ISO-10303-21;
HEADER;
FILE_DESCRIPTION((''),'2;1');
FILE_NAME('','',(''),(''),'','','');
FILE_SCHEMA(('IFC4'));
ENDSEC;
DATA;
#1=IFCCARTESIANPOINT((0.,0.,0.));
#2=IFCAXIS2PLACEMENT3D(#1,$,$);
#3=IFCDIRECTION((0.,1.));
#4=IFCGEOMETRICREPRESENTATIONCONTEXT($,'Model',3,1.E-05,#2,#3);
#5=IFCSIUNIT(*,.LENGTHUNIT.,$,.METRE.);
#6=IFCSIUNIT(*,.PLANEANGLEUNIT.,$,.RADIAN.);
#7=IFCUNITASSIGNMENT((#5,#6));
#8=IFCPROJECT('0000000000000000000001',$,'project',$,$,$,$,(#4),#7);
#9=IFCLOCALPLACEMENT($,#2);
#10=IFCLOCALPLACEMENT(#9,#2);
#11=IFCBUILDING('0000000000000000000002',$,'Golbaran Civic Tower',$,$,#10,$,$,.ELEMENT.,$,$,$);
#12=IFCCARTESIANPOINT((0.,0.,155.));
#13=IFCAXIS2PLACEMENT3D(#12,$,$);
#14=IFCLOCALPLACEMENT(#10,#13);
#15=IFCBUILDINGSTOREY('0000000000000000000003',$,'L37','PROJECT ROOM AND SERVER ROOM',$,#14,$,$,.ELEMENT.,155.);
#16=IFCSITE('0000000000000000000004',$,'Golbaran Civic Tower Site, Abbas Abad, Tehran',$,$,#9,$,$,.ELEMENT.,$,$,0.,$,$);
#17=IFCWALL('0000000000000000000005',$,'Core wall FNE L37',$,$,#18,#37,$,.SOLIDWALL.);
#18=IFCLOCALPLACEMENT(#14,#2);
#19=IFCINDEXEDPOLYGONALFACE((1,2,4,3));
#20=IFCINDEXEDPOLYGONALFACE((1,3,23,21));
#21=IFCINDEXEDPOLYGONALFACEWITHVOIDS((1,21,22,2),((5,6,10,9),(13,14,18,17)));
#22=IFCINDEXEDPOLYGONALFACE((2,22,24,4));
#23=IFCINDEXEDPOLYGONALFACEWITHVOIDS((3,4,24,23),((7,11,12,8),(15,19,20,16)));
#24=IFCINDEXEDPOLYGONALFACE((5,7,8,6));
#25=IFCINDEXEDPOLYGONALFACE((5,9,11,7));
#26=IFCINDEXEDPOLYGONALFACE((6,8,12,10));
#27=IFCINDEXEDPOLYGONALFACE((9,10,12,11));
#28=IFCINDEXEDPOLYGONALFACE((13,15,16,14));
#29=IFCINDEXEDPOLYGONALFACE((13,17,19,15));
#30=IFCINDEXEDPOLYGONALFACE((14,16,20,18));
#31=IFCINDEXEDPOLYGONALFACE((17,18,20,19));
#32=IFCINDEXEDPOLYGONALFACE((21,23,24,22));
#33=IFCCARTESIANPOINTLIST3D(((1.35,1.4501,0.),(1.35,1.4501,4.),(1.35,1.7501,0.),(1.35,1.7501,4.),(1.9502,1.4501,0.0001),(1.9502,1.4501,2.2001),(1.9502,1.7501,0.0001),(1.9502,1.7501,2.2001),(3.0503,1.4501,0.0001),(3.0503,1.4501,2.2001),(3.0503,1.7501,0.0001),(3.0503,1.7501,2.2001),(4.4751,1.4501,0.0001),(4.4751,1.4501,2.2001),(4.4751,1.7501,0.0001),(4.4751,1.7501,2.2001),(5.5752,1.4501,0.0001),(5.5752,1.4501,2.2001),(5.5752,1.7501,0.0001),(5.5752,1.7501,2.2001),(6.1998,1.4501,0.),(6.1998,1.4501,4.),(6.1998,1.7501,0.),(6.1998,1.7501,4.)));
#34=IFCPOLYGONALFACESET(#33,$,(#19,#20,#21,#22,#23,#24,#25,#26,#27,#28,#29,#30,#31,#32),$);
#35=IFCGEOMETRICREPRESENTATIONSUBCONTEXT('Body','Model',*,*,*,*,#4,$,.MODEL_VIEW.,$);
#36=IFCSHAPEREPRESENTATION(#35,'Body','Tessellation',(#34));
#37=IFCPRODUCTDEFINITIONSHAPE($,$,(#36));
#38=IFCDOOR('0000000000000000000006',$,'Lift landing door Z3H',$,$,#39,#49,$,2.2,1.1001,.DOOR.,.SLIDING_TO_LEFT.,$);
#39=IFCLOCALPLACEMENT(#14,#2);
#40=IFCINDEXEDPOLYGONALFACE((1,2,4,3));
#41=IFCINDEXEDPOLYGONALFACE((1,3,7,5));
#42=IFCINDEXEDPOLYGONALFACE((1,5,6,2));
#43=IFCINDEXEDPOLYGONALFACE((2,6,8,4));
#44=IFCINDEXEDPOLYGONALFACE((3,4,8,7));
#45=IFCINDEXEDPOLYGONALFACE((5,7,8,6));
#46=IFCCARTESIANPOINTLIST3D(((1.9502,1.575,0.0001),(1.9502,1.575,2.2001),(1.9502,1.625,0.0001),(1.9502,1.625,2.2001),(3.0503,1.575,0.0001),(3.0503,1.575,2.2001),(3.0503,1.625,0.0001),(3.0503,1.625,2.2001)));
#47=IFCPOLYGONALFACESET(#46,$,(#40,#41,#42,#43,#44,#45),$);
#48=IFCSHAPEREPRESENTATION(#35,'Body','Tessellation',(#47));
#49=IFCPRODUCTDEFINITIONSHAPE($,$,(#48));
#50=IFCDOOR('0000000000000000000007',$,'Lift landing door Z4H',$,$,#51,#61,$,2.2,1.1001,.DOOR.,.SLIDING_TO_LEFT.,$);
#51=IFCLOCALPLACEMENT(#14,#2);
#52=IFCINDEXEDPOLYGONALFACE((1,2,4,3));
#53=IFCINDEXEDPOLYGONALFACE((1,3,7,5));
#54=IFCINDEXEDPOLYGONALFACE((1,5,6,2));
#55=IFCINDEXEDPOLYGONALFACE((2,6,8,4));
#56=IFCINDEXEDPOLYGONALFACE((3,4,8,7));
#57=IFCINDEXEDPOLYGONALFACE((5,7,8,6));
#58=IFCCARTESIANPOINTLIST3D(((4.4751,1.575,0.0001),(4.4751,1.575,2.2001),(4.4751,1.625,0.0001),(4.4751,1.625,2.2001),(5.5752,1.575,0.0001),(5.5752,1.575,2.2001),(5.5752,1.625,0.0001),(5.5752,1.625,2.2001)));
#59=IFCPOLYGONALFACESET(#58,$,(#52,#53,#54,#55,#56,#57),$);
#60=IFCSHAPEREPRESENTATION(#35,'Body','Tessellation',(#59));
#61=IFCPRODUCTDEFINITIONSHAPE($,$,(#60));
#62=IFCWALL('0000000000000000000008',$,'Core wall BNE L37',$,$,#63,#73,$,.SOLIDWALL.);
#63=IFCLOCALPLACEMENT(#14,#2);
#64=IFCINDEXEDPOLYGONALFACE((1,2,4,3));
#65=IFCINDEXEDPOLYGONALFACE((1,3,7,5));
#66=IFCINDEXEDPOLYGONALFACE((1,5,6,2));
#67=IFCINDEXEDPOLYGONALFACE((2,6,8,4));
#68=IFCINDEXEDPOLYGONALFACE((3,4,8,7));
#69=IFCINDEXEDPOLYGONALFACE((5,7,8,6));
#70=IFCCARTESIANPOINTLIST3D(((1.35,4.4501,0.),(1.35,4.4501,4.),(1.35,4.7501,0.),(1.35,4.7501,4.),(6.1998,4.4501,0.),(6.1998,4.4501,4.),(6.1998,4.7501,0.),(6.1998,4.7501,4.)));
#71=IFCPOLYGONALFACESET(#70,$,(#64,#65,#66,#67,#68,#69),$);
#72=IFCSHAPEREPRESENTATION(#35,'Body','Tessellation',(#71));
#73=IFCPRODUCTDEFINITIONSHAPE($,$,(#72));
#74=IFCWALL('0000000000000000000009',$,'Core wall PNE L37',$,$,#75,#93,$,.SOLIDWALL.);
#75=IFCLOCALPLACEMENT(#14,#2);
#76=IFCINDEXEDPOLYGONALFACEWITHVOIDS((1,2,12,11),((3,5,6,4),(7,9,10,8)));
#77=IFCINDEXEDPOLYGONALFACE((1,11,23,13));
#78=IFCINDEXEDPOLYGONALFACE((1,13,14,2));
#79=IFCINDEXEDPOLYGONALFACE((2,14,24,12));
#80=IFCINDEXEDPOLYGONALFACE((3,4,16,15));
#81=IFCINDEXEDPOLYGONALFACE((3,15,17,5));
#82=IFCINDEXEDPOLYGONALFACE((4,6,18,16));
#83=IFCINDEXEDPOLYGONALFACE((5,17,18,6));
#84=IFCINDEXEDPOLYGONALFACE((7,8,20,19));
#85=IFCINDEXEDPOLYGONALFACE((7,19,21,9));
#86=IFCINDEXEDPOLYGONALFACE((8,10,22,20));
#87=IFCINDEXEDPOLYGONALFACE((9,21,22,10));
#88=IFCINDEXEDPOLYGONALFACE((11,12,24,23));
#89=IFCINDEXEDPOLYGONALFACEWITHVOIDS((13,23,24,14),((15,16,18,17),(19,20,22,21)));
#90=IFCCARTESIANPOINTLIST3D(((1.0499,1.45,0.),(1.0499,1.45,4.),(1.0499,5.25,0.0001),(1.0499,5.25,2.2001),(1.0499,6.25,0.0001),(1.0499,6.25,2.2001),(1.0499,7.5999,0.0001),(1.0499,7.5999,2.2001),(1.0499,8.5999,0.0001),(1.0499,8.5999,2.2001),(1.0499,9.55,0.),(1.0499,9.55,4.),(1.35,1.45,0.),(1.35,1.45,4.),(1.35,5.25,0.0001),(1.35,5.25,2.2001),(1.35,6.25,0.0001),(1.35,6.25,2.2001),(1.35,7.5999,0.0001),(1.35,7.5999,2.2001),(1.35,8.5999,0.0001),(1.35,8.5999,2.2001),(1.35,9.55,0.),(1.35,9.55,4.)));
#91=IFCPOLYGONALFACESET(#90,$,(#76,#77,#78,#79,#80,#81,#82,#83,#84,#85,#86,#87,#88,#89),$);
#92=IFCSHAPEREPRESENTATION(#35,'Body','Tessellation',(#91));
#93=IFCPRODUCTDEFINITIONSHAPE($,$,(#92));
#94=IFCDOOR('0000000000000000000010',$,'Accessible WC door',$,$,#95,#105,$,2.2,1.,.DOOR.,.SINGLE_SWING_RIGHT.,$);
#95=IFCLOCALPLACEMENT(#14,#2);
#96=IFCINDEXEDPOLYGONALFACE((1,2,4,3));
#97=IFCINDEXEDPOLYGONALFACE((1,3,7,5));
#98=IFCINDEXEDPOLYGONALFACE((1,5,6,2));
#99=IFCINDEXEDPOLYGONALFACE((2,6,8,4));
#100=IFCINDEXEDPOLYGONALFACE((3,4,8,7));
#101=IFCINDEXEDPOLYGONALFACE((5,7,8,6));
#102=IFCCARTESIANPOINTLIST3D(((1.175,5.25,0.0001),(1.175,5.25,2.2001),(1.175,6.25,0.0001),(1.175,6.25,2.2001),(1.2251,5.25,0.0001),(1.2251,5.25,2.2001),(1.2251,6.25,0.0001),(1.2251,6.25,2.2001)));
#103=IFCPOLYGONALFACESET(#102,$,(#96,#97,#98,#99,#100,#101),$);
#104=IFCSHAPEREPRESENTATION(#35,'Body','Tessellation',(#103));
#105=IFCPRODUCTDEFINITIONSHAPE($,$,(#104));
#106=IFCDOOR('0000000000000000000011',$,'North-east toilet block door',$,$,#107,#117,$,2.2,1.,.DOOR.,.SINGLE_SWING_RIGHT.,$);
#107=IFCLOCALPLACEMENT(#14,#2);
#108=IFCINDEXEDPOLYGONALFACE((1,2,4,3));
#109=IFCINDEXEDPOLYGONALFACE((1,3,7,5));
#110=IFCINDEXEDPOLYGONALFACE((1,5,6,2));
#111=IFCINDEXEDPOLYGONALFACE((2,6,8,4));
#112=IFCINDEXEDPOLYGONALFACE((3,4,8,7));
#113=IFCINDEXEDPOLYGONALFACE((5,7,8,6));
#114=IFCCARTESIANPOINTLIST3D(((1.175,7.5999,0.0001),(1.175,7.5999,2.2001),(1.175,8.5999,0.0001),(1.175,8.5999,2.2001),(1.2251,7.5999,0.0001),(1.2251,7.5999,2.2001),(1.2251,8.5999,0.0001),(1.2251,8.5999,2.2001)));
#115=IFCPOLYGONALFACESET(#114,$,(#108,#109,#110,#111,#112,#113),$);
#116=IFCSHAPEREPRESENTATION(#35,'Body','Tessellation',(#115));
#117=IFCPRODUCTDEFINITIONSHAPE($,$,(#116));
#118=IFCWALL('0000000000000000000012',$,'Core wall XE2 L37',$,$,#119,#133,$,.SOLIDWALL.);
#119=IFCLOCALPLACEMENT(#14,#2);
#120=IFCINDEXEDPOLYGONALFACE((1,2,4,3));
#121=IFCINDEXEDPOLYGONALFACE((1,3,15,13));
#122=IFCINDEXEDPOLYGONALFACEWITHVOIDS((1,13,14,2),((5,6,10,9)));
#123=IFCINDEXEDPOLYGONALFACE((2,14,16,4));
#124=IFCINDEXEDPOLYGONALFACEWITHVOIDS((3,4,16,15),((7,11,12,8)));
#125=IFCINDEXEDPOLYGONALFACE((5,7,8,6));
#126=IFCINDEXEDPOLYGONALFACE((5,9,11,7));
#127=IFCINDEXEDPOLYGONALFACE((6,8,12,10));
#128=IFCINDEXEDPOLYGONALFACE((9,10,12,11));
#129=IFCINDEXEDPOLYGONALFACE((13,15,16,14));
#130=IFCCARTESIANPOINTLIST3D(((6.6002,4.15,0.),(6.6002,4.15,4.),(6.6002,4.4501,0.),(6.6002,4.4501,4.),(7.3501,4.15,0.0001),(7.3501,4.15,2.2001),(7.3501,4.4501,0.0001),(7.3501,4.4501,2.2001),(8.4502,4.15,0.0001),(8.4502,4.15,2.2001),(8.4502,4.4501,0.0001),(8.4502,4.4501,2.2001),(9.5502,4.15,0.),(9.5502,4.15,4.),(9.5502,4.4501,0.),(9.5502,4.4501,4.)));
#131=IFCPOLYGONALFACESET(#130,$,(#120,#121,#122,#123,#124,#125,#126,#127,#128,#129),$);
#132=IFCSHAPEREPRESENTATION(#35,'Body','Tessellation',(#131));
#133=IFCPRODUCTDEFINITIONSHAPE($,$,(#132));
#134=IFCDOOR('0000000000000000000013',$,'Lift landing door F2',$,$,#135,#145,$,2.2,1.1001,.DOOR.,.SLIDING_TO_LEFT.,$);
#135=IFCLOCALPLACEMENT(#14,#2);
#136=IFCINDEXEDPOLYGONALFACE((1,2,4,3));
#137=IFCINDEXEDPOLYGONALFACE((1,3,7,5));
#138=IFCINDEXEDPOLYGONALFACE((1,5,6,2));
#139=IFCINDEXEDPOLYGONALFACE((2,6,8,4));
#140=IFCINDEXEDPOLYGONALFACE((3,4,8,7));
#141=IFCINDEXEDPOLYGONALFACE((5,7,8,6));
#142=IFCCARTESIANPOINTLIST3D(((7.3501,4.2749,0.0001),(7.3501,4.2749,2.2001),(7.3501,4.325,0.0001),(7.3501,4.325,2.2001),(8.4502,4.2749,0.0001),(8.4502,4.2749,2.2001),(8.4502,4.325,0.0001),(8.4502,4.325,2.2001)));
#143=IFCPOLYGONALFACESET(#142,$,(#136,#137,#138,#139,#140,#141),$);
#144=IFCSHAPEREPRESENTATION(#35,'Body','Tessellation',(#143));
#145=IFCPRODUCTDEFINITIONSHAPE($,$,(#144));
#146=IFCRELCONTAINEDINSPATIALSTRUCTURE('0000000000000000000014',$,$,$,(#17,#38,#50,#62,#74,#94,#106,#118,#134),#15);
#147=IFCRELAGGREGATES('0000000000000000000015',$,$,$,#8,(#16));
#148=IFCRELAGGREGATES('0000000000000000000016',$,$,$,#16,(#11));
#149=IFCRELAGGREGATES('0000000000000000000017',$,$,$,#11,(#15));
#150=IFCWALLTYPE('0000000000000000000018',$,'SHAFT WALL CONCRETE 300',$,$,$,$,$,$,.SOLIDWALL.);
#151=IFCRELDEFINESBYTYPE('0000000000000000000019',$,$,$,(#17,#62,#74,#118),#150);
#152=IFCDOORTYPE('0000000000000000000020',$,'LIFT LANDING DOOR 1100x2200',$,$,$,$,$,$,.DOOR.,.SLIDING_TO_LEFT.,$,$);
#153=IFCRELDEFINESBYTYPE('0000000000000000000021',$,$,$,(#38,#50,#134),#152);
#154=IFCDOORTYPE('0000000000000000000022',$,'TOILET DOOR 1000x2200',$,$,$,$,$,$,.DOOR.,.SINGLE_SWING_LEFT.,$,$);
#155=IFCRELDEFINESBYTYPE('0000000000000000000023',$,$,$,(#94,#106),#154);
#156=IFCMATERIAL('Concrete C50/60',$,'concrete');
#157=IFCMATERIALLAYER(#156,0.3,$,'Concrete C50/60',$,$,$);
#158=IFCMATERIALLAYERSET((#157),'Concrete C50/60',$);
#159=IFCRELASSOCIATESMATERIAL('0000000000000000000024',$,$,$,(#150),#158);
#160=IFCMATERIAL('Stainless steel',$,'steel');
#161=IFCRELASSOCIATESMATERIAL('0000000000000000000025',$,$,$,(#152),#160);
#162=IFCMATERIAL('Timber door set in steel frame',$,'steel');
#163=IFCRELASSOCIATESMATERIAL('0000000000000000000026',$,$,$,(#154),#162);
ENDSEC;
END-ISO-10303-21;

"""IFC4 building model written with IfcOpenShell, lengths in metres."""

from ifc_helpers import new_model, si_unit, direction, frame, frame_2d, origin, place, context, subcontext, project, spatial, rectangle, extrude, material, layer, layer_set, type_object, element, fill, save


model = new_model("IFC4")

# Units and contexts
model_context = context("Model", 3, precision=1e-05, world=origin(), true_north=direction((0.0, 1.0)))
body_context = subcontext(model_context, "Body", "Model", "MODEL_VIEW")
ifc_project = project(units=[si_unit("LENGTHUNIT", "METRE"), si_unit("PLANEANGLEUNIT", "RADIAN")], contexts=[model_context])

# Site, building, storey
site_placement = place(None, origin())
site = spatial("IfcSite", under=ifc_project, at=site_placement, Name="Golbaran Civic Tower Site, Abbas Abad, Tehran", CompositionType="ELEMENT", RefElevation=0.0)
building_placement = place(site_placement, origin())
building = spatial("IfcBuilding", under=site, at=building_placement, Name="Golbaran Civic Tower", CompositionType="ELEMENT")
storey_placement = place(building_placement, frame((0.0, 0.0, 155.0)))
storey = spatial("IfcBuildingStorey", under=building, at=storey_placement, Name="L37", Description="PROJECT ROOM AND SERVER ROOM", CompositionType="ELEMENT", Elevation=155.0)

# Shared definitions
ifc_material_1 = material(Name="Timber door set in steel frame", Category="steel")

# Shared definitions
ifc_material_2 = material(Name="Concrete C50/60", Category="concrete")

# Wall, openings, doors
ifc_layer_1 = layer(ifc_material_2, 0.3, Name="Concrete C50/60")
ifc_layer_set_1 = layer_set([ifc_layer_1], Name="Concrete C50/60")
wall_type_1 = type_object("IfcWallType", Name="SHAFT WALL CONCRETE 300", PredefinedType="SOLIDWALL", material=ifc_layer_set_1)
wall_1_placement = place(storey_placement, frame((1.3501, 1.6001, 0.0), z_axis=(0.0, 0.0, 1.0), x_axis=(1.0, 0.0, 0.0)))
wall_1 = element("IfcWall", 1, at=wall_1_placement, inside=storey, type_object=wall_type_1, Name="Core wall FNE L37", PredefinedType="SOLIDWALL", context=body_context, shape_type="SweptSolid", body=[
    extrude(rectangle(XDim=4.8499, YDim=0.3, at=frame_2d((2.4248, 0.0))), origin(), (0.0, 0.0, 1.0), 4.0),
])
opening_1_placement = place(wall_1_placement, frame((0.6001, 0.0, 0.0)))
opening_1 = element("IfcOpeningElement", 2, at=opening_1_placement, cuts=wall_1, PredefinedType="OPENING", context=body_context, shape_type="SweptSolid", body=[
    extrude(rectangle(XDim=1.1001, YDim=2.2, at=frame_2d((0.55, 1.1001))), frame((0.0, 0.1599, 0.0), z_axis=(0.0, -1.0, 0.0), x_axis=(1.0, 0.0, 0.0)), (0.0, 0.0, 1.0), 0.3201),
])
opening_2_placement = place(wall_1_placement, frame((3.125, 0.0, 0.0)))
opening_2 = element("IfcOpeningElement", 3, at=opening_2_placement, cuts=wall_1, PredefinedType="OPENING", context=body_context, shape_type="SweptSolid", body=[
    extrude(rectangle(XDim=1.1001, YDim=2.2, at=frame_2d((0.55, 1.1001))), frame((0.0, 0.1599, 0.0), z_axis=(0.0, -1.0, 0.0), x_axis=(1.0, 0.0, 0.0)), (0.0, 0.0, 1.0), 0.3201),
])
ifc_material_3 = material(Name="Stainless steel", Category="steel")
door_type_1 = type_object("IfcDoorType", Name="LIFT LANDING DOOR 1100x2200", OperationType="SLIDING_TO_LEFT", PredefinedType="DOOR", material=ifc_material_3)
door_1_placement = place(opening_1_placement, origin())
door_1 = element("IfcDoor", 4, at=door_1_placement, inside=storey, type_object=door_type_1, Name="Lift landing door Z3H", OperationType="SLIDING_TO_LEFT", OverallHeight=2.2, OverallWidth=1.1001, PredefinedType="DOOR", context=body_context, shape_type="SweptSolid", body=[
    extrude(rectangle(XDim=1.1001, YDim=2.2, at=frame_2d((0.55, 1.1001))), frame((0.0, 0.0249, 0.0), z_axis=(0.0, -1.0, 0.0), x_axis=(1.0, 0.0, 0.0)), (0.0, 0.0, 1.0), 0.05),
])
fill(opening_1, door_1)
door_2_placement = place(opening_2_placement, origin())
door_2 = element("IfcDoor", 5, at=door_2_placement, inside=storey, type_object=door_type_1, Name="Lift landing door Z4H", OperationType="SLIDING_TO_LEFT", OverallHeight=2.2, OverallWidth=1.1001, PredefinedType="DOOR", context=body_context, shape_type="SweptSolid", body=[
    extrude(rectangle(XDim=1.1001, YDim=2.2, at=frame_2d((0.55, 1.1001))), frame((0.0, 0.0249, 0.0), z_axis=(0.0, -1.0, 0.0), x_axis=(1.0, 0.0, 0.0)), (0.0, 0.0, 1.0), 0.05),
])
fill(opening_2, door_2)

# Wall
wall_2_placement = place(storey_placement, frame((1.3501, 4.6001, 0.0), z_axis=(0.0, 0.0, 1.0), x_axis=(1.0, 0.0, 0.0)))
element("IfcWall", 6, at=wall_2_placement, inside=storey, type_object=wall_type_1, Name="Core wall BNE L37", PredefinedType="SOLIDWALL", context=body_context, shape_type="SweptSolid", body=[
    extrude(rectangle(XDim=4.8499, YDim=0.3, at=frame_2d((2.4248, 0.0))), origin(), (0.0, 0.0, 1.0), 4.0),
])

# Wall, openings, doors
wall_3_placement = place(storey_placement, frame((1.2, 1.45, 0.0), z_axis=(0.0, 0.0, 1.0), x_axis=(0.0, 1.0, 0.0)))
wall_3 = element("IfcWall", 7, at=wall_3_placement, inside=storey, type_object=wall_type_1, Name="Core wall PNE L37", PredefinedType="SOLIDWALL", context=body_context, shape_type="SweptSolid", body=[
    extrude(rectangle(XDim=8.1001, YDim=0.3, at=frame_2d((4.05, 0.0))), origin(), (0.0, 0.0, 1.0), 4.0),
])
opening_3_placement = place(wall_3_placement, frame((3.8, 0.0, 0.0)))
opening_3 = element("IfcOpeningElement", 8, at=opening_3_placement, cuts=wall_3, PredefinedType="OPENING", context=body_context, shape_type="SweptSolid", body=[
    extrude(rectangle(XDim=1.0, YDim=2.2, at=frame_2d((0.5, 1.1001))), frame((0.0, 0.1599, 0.0), z_axis=(0.0, -1.0, 0.0), x_axis=(1.0, 0.0, 0.0)), (0.0, 0.0, 1.0), 0.3201),
])
opening_4_placement = place(wall_3_placement, frame((6.1499, 0.0, 0.0)))
opening_4 = element("IfcOpeningElement", 9, at=opening_4_placement, cuts=wall_3, PredefinedType="OPENING", context=body_context, shape_type="SweptSolid", body=[
    extrude(rectangle(XDim=1.0, YDim=2.2, at=frame_2d((0.5, 1.1001))), frame((0.0, 0.1599, 0.0), z_axis=(0.0, -1.0, 0.0), x_axis=(1.0, 0.0, 0.0)), (0.0, 0.0, 1.0), 0.3201),
])
door_type_2 = type_object("IfcDoorType", Name="TOILET DOOR 1000x2200", OperationType="SINGLE_SWING_LEFT", PredefinedType="DOOR", material=ifc_material_1)
door_3_placement = place(opening_3_placement, origin())
door_3 = element("IfcDoor", 10, at=door_3_placement, inside=storey, type_object=door_type_2, Name="Accessible WC door", OperationType="SINGLE_SWING_RIGHT", OverallHeight=2.2, OverallWidth=1.0, PredefinedType="DOOR", context=body_context, shape_type="SweptSolid", body=[
    extrude(rectangle(XDim=1.0, YDim=2.2, at=frame_2d((0.5, 1.1001))), frame((0.0, 0.0249, 0.0), z_axis=(0.0, -1.0, 0.0), x_axis=(1.0, 0.0, 0.0)), (0.0, 0.0, 1.0), 0.05),
])
fill(opening_3, door_3)
door_4_placement = place(opening_4_placement, origin())
door_4 = element("IfcDoor", 11, at=door_4_placement, inside=storey, type_object=door_type_2, Name="North-east toilet block door", OperationType="SINGLE_SWING_RIGHT", OverallHeight=2.2, OverallWidth=1.0, PredefinedType="DOOR", context=body_context, shape_type="SweptSolid", body=[
    extrude(rectangle(XDim=1.0, YDim=2.2, at=frame_2d((0.5, 1.1001))), frame((0.0, 0.0249, 0.0), z_axis=(0.0, -1.0, 0.0), x_axis=(1.0, 0.0, 0.0)), (0.0, 0.0, 1.0), 0.05),
])
fill(opening_4, door_4)

# Wall, opening, door
wall_4_placement = place(storey_placement, frame((6.6001, 4.3, 0.0), z_axis=(0.0, 0.0, 1.0), x_axis=(1.0, 0.0, 0.0)))
wall_4 = element("IfcWall", 12, at=wall_4_placement, inside=storey, type_object=wall_type_1, Name="Core wall XE2 L37", PredefinedType="SOLIDWALL", context=body_context, shape_type="SweptSolid", body=[
    extrude(rectangle(XDim=2.95, YDim=0.3, at=frame_2d((1.4751, 0.0))), origin(), (0.0, 0.0, 1.0), 4.0),
])
opening_5_placement = place(wall_4_placement, frame((0.75, 0.0, 0.0)))
opening_5 = element("IfcOpeningElement", 13, at=opening_5_placement, cuts=wall_4, PredefinedType="OPENING", context=body_context, shape_type="SweptSolid", body=[
    extrude(rectangle(XDim=1.1001, YDim=2.2, at=frame_2d((0.55, 1.1001))), frame((0.0, 0.1599, 0.0), z_axis=(0.0, -1.0, 0.0), x_axis=(1.0, 0.0, 0.0)), (0.0, 0.0, 1.0), 0.3201),
])
door_5_placement = place(opening_5_placement, origin())
door_5 = element("IfcDoor", 14, at=door_5_placement, inside=storey, type_object=door_type_1, Name="Lift landing door F2", OperationType="SLIDING_TO_LEFT", OverallHeight=2.2, OverallWidth=1.1001, PredefinedType="DOOR", context=body_context, shape_type="SweptSolid", body=[
    extrude(rectangle(XDim=1.1001, YDim=2.2, at=frame_2d((0.55, 1.1001))), frame((0.0, 0.0249, 0.0), z_axis=(0.0, -1.0, 0.0), x_axis=(1.0, 0.0, 0.0)), (0.0, 0.0, 1.0), 0.05),
])
fill(opening_5, door_5)

save(model, "model.ifc")
